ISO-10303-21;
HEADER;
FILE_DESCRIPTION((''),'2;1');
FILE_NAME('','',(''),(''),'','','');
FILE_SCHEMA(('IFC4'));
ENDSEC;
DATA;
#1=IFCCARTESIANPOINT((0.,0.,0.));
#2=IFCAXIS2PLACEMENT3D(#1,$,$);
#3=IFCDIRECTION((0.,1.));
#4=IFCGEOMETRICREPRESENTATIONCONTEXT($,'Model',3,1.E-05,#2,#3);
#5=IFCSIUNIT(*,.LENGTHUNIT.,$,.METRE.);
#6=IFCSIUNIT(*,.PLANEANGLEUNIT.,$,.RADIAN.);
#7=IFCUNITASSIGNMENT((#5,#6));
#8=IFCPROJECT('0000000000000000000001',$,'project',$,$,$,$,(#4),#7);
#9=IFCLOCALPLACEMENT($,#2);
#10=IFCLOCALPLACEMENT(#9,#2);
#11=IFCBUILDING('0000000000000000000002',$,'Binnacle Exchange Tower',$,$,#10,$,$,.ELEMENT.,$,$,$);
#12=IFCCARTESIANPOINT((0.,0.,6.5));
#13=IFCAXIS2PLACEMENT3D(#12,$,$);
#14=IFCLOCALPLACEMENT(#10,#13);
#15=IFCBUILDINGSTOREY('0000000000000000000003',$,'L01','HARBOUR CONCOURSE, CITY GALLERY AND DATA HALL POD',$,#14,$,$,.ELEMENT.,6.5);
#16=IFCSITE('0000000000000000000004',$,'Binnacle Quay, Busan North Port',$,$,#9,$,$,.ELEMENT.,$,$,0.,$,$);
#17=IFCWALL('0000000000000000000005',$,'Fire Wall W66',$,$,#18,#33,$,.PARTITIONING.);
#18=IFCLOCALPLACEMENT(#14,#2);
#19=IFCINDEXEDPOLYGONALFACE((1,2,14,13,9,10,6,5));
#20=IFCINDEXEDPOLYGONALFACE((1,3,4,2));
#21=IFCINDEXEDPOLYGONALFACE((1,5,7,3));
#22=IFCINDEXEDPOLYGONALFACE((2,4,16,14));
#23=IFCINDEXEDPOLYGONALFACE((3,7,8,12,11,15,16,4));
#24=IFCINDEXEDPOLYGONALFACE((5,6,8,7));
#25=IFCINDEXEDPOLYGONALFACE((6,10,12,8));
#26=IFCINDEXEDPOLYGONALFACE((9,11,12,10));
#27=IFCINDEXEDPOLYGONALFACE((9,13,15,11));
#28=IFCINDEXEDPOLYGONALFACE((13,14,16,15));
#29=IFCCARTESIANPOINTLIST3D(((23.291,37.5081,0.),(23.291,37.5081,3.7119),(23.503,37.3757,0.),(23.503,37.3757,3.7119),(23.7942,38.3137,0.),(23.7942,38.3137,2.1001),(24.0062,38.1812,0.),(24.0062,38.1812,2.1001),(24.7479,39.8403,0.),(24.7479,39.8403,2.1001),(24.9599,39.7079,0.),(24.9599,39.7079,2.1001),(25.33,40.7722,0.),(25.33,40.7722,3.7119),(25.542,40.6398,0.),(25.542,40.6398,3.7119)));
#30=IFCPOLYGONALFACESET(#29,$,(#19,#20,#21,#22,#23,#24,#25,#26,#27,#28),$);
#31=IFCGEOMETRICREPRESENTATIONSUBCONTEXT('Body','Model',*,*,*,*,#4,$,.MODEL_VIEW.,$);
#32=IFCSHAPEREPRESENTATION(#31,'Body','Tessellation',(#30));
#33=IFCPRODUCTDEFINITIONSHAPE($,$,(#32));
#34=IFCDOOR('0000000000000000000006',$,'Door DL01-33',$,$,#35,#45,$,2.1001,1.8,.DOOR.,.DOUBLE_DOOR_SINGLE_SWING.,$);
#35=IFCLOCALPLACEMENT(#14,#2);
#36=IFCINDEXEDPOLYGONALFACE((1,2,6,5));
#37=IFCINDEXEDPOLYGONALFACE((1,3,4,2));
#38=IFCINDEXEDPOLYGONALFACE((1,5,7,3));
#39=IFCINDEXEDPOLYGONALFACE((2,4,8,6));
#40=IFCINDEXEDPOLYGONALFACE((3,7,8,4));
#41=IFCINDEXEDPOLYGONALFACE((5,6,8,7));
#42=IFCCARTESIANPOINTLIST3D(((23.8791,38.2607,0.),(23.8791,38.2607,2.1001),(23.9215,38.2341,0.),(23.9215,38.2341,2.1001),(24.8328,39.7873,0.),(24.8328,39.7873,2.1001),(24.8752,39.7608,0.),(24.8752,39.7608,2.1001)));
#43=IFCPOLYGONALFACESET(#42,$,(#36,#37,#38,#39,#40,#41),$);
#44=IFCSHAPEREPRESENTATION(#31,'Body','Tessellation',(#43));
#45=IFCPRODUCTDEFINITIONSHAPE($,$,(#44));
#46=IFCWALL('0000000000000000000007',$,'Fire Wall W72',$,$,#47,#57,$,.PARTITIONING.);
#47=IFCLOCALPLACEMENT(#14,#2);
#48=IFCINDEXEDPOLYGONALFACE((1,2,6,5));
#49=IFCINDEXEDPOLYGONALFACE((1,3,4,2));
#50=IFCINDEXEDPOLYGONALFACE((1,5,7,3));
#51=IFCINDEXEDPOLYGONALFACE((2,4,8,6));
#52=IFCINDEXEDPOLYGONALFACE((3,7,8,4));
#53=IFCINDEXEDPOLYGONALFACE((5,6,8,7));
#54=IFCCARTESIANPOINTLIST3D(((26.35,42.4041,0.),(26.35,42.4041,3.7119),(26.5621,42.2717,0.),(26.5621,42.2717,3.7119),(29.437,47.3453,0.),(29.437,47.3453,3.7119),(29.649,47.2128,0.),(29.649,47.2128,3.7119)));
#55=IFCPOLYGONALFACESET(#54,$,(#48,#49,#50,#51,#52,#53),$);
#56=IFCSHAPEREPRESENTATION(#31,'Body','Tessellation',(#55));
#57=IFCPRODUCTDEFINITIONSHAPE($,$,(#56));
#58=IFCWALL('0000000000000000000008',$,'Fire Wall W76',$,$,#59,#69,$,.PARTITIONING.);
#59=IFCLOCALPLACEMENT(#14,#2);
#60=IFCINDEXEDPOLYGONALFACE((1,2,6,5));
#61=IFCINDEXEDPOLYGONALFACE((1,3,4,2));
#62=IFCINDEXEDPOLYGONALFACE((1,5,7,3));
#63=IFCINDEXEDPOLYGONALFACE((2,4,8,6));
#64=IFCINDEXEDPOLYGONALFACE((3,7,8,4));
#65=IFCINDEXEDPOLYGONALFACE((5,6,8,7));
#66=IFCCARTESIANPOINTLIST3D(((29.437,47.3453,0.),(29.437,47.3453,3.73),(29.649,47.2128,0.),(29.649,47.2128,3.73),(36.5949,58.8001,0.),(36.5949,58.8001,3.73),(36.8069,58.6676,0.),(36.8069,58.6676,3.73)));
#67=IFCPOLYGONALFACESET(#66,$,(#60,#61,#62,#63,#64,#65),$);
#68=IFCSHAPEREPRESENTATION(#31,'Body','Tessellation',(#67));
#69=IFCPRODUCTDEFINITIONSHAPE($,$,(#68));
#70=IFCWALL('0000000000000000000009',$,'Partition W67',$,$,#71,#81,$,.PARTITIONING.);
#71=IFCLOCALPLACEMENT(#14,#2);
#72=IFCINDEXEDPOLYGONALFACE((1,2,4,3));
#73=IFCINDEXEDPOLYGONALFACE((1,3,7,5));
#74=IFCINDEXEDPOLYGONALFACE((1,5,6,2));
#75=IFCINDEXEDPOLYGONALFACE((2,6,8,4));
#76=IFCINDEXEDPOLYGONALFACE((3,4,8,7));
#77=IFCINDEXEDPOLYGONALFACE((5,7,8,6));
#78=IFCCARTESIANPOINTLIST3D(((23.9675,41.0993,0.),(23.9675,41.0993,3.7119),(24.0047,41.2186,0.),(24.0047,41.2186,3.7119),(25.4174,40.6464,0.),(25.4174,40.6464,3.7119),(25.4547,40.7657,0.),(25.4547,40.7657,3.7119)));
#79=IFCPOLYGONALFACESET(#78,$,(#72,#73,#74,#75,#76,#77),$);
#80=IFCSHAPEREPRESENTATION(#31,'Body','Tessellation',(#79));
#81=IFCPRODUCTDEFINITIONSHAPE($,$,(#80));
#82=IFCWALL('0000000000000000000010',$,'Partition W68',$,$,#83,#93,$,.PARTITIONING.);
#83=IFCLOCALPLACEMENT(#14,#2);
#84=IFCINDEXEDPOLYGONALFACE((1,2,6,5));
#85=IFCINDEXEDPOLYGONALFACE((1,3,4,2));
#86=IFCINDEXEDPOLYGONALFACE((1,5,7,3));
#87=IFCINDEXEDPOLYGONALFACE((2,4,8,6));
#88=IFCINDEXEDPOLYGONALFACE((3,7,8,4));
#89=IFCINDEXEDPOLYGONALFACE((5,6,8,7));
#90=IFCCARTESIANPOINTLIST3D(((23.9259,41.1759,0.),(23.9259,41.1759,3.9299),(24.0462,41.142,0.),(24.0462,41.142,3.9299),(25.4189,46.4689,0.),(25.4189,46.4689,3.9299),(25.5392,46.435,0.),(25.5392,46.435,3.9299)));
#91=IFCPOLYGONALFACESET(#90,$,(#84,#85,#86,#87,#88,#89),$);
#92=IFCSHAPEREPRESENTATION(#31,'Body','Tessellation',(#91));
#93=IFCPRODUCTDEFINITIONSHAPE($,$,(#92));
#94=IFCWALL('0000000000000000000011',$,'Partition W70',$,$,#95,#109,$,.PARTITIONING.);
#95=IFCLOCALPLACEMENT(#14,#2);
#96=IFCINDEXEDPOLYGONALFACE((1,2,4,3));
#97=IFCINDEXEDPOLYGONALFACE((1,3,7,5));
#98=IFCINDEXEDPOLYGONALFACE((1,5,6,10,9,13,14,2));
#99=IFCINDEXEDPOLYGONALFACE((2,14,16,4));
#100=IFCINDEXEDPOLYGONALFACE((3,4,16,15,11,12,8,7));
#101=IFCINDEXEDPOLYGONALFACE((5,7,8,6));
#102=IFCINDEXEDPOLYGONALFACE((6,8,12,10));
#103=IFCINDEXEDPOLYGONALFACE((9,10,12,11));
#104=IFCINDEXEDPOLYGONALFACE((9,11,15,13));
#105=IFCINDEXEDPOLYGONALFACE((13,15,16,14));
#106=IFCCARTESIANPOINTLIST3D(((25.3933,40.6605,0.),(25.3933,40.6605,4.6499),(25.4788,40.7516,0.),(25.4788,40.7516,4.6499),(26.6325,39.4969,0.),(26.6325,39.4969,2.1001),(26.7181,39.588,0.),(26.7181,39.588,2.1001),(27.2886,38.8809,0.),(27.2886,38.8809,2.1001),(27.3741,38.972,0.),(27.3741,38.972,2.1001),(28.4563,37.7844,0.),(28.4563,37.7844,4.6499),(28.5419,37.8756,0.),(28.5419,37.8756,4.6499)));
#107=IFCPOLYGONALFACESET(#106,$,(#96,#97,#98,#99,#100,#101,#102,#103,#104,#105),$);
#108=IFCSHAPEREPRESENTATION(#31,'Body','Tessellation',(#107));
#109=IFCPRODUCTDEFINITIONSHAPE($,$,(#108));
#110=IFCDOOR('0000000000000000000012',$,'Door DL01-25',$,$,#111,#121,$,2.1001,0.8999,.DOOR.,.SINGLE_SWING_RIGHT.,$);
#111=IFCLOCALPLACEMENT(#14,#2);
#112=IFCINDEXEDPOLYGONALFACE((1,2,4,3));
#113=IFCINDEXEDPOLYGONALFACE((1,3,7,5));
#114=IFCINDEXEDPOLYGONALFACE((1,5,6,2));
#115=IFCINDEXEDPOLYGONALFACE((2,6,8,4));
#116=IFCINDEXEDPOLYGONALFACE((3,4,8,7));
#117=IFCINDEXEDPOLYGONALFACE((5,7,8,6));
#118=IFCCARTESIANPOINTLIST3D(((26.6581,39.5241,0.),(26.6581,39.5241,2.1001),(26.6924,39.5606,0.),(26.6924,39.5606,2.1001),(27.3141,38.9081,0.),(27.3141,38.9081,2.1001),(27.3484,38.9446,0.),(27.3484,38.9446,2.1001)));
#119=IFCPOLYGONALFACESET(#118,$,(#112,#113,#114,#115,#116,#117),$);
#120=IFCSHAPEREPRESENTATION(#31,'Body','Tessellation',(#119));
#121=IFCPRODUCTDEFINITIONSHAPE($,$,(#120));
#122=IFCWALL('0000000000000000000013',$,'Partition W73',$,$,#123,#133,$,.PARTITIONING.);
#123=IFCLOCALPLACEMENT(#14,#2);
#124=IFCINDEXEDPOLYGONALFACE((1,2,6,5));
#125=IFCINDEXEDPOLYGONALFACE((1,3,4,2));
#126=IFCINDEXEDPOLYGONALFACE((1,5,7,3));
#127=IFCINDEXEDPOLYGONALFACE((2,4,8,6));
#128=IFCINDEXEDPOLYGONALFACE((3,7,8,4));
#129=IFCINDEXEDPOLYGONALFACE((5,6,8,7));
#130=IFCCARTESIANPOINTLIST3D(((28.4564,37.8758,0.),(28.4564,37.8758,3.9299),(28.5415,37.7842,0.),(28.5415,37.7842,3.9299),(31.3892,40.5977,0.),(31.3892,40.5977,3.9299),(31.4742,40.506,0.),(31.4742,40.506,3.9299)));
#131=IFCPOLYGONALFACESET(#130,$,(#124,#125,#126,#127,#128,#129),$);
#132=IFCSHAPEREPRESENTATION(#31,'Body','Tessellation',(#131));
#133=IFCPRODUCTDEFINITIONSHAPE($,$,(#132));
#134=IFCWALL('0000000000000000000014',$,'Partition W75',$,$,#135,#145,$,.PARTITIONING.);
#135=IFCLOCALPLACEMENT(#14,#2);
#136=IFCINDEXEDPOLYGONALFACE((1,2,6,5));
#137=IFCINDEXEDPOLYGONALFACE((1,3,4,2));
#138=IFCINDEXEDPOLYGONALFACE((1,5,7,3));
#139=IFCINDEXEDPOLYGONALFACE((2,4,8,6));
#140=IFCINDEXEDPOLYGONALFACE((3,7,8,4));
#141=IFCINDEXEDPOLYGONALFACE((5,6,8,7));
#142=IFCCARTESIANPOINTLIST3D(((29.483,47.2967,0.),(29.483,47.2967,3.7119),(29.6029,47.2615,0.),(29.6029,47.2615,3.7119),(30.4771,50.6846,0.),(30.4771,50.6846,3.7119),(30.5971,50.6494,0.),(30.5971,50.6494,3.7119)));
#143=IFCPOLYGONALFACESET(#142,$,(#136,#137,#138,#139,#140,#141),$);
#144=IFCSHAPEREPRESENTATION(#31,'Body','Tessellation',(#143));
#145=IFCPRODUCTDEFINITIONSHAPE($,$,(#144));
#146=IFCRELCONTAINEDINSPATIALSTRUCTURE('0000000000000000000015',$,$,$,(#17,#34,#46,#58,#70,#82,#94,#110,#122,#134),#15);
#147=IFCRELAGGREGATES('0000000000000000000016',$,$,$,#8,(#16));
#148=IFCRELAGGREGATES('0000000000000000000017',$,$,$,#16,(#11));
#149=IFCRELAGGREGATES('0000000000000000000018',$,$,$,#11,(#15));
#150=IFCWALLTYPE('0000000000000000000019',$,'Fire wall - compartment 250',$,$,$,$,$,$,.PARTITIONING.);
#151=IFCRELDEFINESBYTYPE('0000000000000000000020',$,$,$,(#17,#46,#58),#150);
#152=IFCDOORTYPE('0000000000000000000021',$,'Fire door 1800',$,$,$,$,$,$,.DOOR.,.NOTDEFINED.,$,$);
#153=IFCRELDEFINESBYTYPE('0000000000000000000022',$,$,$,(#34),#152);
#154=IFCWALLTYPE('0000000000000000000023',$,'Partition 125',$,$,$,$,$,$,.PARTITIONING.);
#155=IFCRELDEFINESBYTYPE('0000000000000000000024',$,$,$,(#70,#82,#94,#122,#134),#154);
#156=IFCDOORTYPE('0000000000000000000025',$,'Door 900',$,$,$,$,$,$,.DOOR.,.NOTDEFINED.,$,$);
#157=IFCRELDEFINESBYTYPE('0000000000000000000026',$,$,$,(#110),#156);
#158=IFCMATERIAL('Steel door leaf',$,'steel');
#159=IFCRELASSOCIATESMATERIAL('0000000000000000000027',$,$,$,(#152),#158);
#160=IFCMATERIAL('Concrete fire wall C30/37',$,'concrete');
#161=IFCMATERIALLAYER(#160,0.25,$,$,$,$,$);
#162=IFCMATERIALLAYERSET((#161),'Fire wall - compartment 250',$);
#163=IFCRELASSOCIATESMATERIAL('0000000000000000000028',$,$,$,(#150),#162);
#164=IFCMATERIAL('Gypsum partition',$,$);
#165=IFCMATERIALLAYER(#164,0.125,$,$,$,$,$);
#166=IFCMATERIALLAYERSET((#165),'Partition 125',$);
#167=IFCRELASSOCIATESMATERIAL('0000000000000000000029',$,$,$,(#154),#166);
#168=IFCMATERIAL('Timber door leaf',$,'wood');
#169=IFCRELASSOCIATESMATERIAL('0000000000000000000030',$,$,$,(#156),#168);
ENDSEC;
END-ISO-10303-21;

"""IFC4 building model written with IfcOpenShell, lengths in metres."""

from ifc_helpers import new_model, si_unit, direction, frame, frame_2d, origin, place, context, subcontext, project, spatial, rectangle, extrude, material, layer, layer_set, type_object, element, fill, save


model = new_model("IFC4")

# Units and contexts
model_context = context("Model", 3, precision=1e-05, world=origin(), true_north=direction((0.0, 1.0)))
body_context = subcontext(model_context, "Body", "Model", "MODEL_VIEW")
ifc_project = project(units=[si_unit("LENGTHUNIT", "METRE"), si_unit("PLANEANGLEUNIT", "RADIAN")], contexts=[model_context])

# Site, building, storey
site_placement = place(None, origin())
site = spatial("IfcSite", under=ifc_project, at=site_placement, Name="Binnacle Quay, Busan North Port", CompositionType="ELEMENT", RefElevation=0.0)
building_placement = place(site_placement, origin())
building = spatial("IfcBuilding", under=site, at=building_placement, Name="Binnacle Exchange Tower", CompositionType="ELEMENT")
storey_placement = place(building_placement, frame((0.0, 0.0, 6.5)))
storey = spatial("IfcBuildingStorey", under=building, at=storey_placement, Name="L01", Description="HARBOUR CONCOURSE, CITY GALLERY AND DATA HALL POD", CompositionType="ELEMENT", Elevation=6.5)

# Shared definitions
ifc_material_1 = material(Name="Steel door leaf", Category="steel")

# Wall, opening, door
door_type_1 = type_object("IfcDoorType", Name="Fire door 1800", OperationType="NOTDEFINED", PredefinedType="DOOR", material=ifc_material_1)
ifc_material_2 = material(Name="Concrete fire wall C30/37", Category="concrete")
ifc_layer_1 = layer(ifc_material_2, 0.25)
ifc_layer_set_1 = layer_set([ifc_layer_1], Name="Fire wall - compartment 250")
wall_type_1 = type_object("IfcWallType", Name="Fire wall - compartment 250", PredefinedType="PARTITIONING", material=ifc_layer_set_1)
wall_1_placement = place(storey_placement, frame((23.397, 37.4419, 0.0), z_axis=(0.0, 0.0, 1.0), x_axis=(0.529805, 0.848119, 0.0)))
wall_1 = element("IfcWall", 1, at=wall_1_placement, inside=storey, type_object=wall_type_1, Name="Fire Wall W66", PredefinedType="PARTITIONING", context=body_context, shape_type="SweptSolid", body=[
    extrude(rectangle(XDim=3.8486, YDim=0.25, at=frame_2d((1.9243, 0.0))), origin(), (0.0, 0.0, 1.0), 3.7119),
])
opening_1_placement = place(wall_1_placement, frame((0.95, 0.0, 0.0)))
opening_1 = element("IfcOpeningElement", 2, at=opening_1_placement, cuts=wall_1, PredefinedType="OPENING", context=body_context, shape_type="SweptSolid", body=[
    extrude(rectangle(XDim=1.8, YDim=2.1001, at=frame_2d((0.8999, 1.05))), frame((0.0, 0.135, 0.0), z_axis=(0.0, -1.0, 0.0), x_axis=(1.0, 0.0, 0.0)), (0.0, 0.0, 1.0), 0.27),
])
door_1_placement = place(opening_1_placement, origin())
door_1 = element("IfcDoor", 3, at=door_1_placement, inside=storey, type_object=door_type_1, Name="Door DL01-33", OperationType="DOUBLE_DOOR_SINGLE_SWING", OverallHeight=2.1001, OverallWidth=1.8, PredefinedType="DOOR", context=body_context, shape_type="SweptSolid", body=[
    extrude(rectangle(XDim=1.8, YDim=2.1001, at=frame_2d((0.8999, 1.05))), frame((0.0, 0.0249, 0.0), z_axis=(0.0, -1.0, 0.0), x_axis=(1.0, 0.0, 0.0)), (0.0, 0.0, 1.0), 0.05),
])
fill(opening_1, door_1)

# Walls
wall_2_placement = place(storey_placement, frame((26.4561, 42.3379, 0.0), z_axis=(0.0, 0.0, 1.0), x_axis=(0.529837, 0.8481, 0.0)))
element("IfcWall", 4, at=wall_2_placement, inside=storey, type_object=wall_type_1, Name="Fire Wall W72", PredefinedType="PARTITIONING", context=body_context, shape_type="SweptSolid", body=[
    extrude(rectangle(XDim=5.8262, YDim=0.25, at=frame_2d((2.9131, 0.0))), origin(), (0.0, 0.0, 1.0), 3.7119),
])
wall_3_placement = place(storey_placement, frame((29.543, 47.2791, 0.0), z_axis=(0.0, 0.0, 1.0), x_axis=(0.529929, 0.848042, 0.0)))
element("IfcWall", 5, at=wall_3_placement, inside=storey, type_object=wall_type_1, Name="Fire Wall W76", PredefinedType="PARTITIONING", context=body_context, shape_type="SweptSolid", body=[
    extrude(rectangle(XDim=13.5073, YDim=0.25, at=frame_2d((6.7537, 0.0))), origin(), (0.0, 0.0, 1.0), 3.73),
])
ifc_material_3 = material(Name="Gypsum partition")
ifc_layer_2 = layer(ifc_material_3, 0.125)
ifc_layer_set_2 = layer_set([ifc_layer_2], Name="Partition 125")
wall_type_2 = type_object("IfcWallType", Name="Partition 125", PredefinedType="PARTITIONING", material=ifc_layer_set_2)
wall_4_placement = place(storey_placement, frame((23.9861, 41.1589, 0.0), z_axis=(0.0, 0.0, 1.0), x_axis=(0.954523, -0.298138, 0.0)))
element("IfcWall", 6, at=wall_4_placement, inside=storey, type_object=wall_type_2, Name="Partition W67", PredefinedType="PARTITIONING", context=body_context, shape_type="SweptSolid", body=[
    extrude(rectangle(XDim=1.519, YDim=0.125, at=frame_2d((0.7595, 0.0))), origin(), (0.0, 0.0, 1.0), 3.7119),
])
wall_5_placement = place(storey_placement, frame((23.9861, 41.1589, 0.0), z_axis=(0.0, 0.0, 1.0), x_axis=(0.271465, 0.962448, 0.0)))
element("IfcWall", 7, at=wall_5_placement, inside=storey, type_object=wall_type_2, Name="Partition W68", PredefinedType="PARTITIONING", context=body_context, shape_type="SweptSolid", body=[
    extrude(rectangle(XDim=5.4995, YDim=0.125, at=frame_2d((2.7498, 0.0))), origin(), (0.0, 0.0, 1.0), 3.9299),
])

# Wall, opening, door
wall_6_placement = place(storey_placement, frame((25.436, 40.7061, 0.0), z_axis=(0.0, 0.0, 1.0), x_axis=(0.729011, -0.684501, 0.0)))
wall_6 = element("IfcWall", 8, at=wall_6_placement, inside=storey, type_object=wall_type_2, Name="Partition W70", PredefinedType="PARTITIONING", context=body_context, shape_type="SweptSolid", body=[
    extrude(rectangle(XDim=4.2017, YDim=0.125, at=frame_2d((2.1008, 0.0))), origin(), (0.0, 0.0, 1.0), 4.6499),
])
opening_2_placement = place(wall_6_placement, frame((1.7, 0.0, 0.0)))
opening_2 = element("IfcOpeningElement", 9, at=opening_2_placement, cuts=wall_6, PredefinedType="OPENING", context=body_context, shape_type="SweptSolid", body=[
    extrude(rectangle(XDim=0.8999, YDim=2.1001, at=frame_2d((0.45, 1.05))), frame((0.0, 0.0725, 0.0), z_axis=(0.0, -1.0, 0.0), x_axis=(1.0, 0.0, 0.0)), (0.0, 0.0, 1.0), 0.145),
])
ifc_material_4 = material(Name="Timber door leaf", Category="wood")
door_type_2 = type_object("IfcDoorType", Name="Door 900", OperationType="NOTDEFINED", PredefinedType="DOOR", material=ifc_material_4)
door_2_placement = place(opening_2_placement, origin())
door_2 = element("IfcDoor", 10, at=door_2_placement, inside=storey, type_object=door_type_2, Name="Door DL01-25", OperationType="SINGLE_SWING_RIGHT", OverallHeight=2.1001, OverallWidth=0.8999, PredefinedType="DOOR", context=body_context, shape_type="SweptSolid", body=[
    extrude(rectangle(XDim=0.8999, YDim=2.1001, at=frame_2d((0.45, 1.05))), frame((0.0, 0.0249, 0.0), z_axis=(0.0, -1.0, 0.0), x_axis=(1.0, 0.0, 0.0)), (0.0, 0.0, 1.0), 0.05),
])
fill(opening_2, door_2)

# Walls
wall_7_placement = place(storey_placement, frame((28.499, 37.8301, 0.0), z_axis=(0.0, 0.0, 1.0), x_axis=(0.732974, 0.680257, 0.0)))
element("IfcWall", 11, at=wall_7_placement, inside=storey, type_object=wall_type_2, Name="Partition W73", PredefinedType="PARTITIONING", context=body_context, shape_type="SweptSolid", body=[
    extrude(rectangle(XDim=4.0012, YDim=0.125, at=frame_2d((2.0005, 0.0))), origin(), (0.0, 0.0, 1.0), 3.9299),
])
wall_8_placement = place(storey_placement, frame((29.543, 47.2791, 0.0), z_axis=(0.0, 0.0, 1.0), x_axis=(0.281564, 0.959543, 0.0)))
element("IfcWall", 12, at=wall_8_placement, inside=storey, type_object=wall_type_2, Name="Partition W75", PredefinedType="PARTITIONING", context=body_context, shape_type="SweptSolid", body=[
    extrude(rectangle(XDim=3.5308, YDim=0.125, at=frame_2d((1.7654, 0.0))), origin(), (0.0, 0.0, 1.0), 3.7119),
])

save(model, "model.ifc")
